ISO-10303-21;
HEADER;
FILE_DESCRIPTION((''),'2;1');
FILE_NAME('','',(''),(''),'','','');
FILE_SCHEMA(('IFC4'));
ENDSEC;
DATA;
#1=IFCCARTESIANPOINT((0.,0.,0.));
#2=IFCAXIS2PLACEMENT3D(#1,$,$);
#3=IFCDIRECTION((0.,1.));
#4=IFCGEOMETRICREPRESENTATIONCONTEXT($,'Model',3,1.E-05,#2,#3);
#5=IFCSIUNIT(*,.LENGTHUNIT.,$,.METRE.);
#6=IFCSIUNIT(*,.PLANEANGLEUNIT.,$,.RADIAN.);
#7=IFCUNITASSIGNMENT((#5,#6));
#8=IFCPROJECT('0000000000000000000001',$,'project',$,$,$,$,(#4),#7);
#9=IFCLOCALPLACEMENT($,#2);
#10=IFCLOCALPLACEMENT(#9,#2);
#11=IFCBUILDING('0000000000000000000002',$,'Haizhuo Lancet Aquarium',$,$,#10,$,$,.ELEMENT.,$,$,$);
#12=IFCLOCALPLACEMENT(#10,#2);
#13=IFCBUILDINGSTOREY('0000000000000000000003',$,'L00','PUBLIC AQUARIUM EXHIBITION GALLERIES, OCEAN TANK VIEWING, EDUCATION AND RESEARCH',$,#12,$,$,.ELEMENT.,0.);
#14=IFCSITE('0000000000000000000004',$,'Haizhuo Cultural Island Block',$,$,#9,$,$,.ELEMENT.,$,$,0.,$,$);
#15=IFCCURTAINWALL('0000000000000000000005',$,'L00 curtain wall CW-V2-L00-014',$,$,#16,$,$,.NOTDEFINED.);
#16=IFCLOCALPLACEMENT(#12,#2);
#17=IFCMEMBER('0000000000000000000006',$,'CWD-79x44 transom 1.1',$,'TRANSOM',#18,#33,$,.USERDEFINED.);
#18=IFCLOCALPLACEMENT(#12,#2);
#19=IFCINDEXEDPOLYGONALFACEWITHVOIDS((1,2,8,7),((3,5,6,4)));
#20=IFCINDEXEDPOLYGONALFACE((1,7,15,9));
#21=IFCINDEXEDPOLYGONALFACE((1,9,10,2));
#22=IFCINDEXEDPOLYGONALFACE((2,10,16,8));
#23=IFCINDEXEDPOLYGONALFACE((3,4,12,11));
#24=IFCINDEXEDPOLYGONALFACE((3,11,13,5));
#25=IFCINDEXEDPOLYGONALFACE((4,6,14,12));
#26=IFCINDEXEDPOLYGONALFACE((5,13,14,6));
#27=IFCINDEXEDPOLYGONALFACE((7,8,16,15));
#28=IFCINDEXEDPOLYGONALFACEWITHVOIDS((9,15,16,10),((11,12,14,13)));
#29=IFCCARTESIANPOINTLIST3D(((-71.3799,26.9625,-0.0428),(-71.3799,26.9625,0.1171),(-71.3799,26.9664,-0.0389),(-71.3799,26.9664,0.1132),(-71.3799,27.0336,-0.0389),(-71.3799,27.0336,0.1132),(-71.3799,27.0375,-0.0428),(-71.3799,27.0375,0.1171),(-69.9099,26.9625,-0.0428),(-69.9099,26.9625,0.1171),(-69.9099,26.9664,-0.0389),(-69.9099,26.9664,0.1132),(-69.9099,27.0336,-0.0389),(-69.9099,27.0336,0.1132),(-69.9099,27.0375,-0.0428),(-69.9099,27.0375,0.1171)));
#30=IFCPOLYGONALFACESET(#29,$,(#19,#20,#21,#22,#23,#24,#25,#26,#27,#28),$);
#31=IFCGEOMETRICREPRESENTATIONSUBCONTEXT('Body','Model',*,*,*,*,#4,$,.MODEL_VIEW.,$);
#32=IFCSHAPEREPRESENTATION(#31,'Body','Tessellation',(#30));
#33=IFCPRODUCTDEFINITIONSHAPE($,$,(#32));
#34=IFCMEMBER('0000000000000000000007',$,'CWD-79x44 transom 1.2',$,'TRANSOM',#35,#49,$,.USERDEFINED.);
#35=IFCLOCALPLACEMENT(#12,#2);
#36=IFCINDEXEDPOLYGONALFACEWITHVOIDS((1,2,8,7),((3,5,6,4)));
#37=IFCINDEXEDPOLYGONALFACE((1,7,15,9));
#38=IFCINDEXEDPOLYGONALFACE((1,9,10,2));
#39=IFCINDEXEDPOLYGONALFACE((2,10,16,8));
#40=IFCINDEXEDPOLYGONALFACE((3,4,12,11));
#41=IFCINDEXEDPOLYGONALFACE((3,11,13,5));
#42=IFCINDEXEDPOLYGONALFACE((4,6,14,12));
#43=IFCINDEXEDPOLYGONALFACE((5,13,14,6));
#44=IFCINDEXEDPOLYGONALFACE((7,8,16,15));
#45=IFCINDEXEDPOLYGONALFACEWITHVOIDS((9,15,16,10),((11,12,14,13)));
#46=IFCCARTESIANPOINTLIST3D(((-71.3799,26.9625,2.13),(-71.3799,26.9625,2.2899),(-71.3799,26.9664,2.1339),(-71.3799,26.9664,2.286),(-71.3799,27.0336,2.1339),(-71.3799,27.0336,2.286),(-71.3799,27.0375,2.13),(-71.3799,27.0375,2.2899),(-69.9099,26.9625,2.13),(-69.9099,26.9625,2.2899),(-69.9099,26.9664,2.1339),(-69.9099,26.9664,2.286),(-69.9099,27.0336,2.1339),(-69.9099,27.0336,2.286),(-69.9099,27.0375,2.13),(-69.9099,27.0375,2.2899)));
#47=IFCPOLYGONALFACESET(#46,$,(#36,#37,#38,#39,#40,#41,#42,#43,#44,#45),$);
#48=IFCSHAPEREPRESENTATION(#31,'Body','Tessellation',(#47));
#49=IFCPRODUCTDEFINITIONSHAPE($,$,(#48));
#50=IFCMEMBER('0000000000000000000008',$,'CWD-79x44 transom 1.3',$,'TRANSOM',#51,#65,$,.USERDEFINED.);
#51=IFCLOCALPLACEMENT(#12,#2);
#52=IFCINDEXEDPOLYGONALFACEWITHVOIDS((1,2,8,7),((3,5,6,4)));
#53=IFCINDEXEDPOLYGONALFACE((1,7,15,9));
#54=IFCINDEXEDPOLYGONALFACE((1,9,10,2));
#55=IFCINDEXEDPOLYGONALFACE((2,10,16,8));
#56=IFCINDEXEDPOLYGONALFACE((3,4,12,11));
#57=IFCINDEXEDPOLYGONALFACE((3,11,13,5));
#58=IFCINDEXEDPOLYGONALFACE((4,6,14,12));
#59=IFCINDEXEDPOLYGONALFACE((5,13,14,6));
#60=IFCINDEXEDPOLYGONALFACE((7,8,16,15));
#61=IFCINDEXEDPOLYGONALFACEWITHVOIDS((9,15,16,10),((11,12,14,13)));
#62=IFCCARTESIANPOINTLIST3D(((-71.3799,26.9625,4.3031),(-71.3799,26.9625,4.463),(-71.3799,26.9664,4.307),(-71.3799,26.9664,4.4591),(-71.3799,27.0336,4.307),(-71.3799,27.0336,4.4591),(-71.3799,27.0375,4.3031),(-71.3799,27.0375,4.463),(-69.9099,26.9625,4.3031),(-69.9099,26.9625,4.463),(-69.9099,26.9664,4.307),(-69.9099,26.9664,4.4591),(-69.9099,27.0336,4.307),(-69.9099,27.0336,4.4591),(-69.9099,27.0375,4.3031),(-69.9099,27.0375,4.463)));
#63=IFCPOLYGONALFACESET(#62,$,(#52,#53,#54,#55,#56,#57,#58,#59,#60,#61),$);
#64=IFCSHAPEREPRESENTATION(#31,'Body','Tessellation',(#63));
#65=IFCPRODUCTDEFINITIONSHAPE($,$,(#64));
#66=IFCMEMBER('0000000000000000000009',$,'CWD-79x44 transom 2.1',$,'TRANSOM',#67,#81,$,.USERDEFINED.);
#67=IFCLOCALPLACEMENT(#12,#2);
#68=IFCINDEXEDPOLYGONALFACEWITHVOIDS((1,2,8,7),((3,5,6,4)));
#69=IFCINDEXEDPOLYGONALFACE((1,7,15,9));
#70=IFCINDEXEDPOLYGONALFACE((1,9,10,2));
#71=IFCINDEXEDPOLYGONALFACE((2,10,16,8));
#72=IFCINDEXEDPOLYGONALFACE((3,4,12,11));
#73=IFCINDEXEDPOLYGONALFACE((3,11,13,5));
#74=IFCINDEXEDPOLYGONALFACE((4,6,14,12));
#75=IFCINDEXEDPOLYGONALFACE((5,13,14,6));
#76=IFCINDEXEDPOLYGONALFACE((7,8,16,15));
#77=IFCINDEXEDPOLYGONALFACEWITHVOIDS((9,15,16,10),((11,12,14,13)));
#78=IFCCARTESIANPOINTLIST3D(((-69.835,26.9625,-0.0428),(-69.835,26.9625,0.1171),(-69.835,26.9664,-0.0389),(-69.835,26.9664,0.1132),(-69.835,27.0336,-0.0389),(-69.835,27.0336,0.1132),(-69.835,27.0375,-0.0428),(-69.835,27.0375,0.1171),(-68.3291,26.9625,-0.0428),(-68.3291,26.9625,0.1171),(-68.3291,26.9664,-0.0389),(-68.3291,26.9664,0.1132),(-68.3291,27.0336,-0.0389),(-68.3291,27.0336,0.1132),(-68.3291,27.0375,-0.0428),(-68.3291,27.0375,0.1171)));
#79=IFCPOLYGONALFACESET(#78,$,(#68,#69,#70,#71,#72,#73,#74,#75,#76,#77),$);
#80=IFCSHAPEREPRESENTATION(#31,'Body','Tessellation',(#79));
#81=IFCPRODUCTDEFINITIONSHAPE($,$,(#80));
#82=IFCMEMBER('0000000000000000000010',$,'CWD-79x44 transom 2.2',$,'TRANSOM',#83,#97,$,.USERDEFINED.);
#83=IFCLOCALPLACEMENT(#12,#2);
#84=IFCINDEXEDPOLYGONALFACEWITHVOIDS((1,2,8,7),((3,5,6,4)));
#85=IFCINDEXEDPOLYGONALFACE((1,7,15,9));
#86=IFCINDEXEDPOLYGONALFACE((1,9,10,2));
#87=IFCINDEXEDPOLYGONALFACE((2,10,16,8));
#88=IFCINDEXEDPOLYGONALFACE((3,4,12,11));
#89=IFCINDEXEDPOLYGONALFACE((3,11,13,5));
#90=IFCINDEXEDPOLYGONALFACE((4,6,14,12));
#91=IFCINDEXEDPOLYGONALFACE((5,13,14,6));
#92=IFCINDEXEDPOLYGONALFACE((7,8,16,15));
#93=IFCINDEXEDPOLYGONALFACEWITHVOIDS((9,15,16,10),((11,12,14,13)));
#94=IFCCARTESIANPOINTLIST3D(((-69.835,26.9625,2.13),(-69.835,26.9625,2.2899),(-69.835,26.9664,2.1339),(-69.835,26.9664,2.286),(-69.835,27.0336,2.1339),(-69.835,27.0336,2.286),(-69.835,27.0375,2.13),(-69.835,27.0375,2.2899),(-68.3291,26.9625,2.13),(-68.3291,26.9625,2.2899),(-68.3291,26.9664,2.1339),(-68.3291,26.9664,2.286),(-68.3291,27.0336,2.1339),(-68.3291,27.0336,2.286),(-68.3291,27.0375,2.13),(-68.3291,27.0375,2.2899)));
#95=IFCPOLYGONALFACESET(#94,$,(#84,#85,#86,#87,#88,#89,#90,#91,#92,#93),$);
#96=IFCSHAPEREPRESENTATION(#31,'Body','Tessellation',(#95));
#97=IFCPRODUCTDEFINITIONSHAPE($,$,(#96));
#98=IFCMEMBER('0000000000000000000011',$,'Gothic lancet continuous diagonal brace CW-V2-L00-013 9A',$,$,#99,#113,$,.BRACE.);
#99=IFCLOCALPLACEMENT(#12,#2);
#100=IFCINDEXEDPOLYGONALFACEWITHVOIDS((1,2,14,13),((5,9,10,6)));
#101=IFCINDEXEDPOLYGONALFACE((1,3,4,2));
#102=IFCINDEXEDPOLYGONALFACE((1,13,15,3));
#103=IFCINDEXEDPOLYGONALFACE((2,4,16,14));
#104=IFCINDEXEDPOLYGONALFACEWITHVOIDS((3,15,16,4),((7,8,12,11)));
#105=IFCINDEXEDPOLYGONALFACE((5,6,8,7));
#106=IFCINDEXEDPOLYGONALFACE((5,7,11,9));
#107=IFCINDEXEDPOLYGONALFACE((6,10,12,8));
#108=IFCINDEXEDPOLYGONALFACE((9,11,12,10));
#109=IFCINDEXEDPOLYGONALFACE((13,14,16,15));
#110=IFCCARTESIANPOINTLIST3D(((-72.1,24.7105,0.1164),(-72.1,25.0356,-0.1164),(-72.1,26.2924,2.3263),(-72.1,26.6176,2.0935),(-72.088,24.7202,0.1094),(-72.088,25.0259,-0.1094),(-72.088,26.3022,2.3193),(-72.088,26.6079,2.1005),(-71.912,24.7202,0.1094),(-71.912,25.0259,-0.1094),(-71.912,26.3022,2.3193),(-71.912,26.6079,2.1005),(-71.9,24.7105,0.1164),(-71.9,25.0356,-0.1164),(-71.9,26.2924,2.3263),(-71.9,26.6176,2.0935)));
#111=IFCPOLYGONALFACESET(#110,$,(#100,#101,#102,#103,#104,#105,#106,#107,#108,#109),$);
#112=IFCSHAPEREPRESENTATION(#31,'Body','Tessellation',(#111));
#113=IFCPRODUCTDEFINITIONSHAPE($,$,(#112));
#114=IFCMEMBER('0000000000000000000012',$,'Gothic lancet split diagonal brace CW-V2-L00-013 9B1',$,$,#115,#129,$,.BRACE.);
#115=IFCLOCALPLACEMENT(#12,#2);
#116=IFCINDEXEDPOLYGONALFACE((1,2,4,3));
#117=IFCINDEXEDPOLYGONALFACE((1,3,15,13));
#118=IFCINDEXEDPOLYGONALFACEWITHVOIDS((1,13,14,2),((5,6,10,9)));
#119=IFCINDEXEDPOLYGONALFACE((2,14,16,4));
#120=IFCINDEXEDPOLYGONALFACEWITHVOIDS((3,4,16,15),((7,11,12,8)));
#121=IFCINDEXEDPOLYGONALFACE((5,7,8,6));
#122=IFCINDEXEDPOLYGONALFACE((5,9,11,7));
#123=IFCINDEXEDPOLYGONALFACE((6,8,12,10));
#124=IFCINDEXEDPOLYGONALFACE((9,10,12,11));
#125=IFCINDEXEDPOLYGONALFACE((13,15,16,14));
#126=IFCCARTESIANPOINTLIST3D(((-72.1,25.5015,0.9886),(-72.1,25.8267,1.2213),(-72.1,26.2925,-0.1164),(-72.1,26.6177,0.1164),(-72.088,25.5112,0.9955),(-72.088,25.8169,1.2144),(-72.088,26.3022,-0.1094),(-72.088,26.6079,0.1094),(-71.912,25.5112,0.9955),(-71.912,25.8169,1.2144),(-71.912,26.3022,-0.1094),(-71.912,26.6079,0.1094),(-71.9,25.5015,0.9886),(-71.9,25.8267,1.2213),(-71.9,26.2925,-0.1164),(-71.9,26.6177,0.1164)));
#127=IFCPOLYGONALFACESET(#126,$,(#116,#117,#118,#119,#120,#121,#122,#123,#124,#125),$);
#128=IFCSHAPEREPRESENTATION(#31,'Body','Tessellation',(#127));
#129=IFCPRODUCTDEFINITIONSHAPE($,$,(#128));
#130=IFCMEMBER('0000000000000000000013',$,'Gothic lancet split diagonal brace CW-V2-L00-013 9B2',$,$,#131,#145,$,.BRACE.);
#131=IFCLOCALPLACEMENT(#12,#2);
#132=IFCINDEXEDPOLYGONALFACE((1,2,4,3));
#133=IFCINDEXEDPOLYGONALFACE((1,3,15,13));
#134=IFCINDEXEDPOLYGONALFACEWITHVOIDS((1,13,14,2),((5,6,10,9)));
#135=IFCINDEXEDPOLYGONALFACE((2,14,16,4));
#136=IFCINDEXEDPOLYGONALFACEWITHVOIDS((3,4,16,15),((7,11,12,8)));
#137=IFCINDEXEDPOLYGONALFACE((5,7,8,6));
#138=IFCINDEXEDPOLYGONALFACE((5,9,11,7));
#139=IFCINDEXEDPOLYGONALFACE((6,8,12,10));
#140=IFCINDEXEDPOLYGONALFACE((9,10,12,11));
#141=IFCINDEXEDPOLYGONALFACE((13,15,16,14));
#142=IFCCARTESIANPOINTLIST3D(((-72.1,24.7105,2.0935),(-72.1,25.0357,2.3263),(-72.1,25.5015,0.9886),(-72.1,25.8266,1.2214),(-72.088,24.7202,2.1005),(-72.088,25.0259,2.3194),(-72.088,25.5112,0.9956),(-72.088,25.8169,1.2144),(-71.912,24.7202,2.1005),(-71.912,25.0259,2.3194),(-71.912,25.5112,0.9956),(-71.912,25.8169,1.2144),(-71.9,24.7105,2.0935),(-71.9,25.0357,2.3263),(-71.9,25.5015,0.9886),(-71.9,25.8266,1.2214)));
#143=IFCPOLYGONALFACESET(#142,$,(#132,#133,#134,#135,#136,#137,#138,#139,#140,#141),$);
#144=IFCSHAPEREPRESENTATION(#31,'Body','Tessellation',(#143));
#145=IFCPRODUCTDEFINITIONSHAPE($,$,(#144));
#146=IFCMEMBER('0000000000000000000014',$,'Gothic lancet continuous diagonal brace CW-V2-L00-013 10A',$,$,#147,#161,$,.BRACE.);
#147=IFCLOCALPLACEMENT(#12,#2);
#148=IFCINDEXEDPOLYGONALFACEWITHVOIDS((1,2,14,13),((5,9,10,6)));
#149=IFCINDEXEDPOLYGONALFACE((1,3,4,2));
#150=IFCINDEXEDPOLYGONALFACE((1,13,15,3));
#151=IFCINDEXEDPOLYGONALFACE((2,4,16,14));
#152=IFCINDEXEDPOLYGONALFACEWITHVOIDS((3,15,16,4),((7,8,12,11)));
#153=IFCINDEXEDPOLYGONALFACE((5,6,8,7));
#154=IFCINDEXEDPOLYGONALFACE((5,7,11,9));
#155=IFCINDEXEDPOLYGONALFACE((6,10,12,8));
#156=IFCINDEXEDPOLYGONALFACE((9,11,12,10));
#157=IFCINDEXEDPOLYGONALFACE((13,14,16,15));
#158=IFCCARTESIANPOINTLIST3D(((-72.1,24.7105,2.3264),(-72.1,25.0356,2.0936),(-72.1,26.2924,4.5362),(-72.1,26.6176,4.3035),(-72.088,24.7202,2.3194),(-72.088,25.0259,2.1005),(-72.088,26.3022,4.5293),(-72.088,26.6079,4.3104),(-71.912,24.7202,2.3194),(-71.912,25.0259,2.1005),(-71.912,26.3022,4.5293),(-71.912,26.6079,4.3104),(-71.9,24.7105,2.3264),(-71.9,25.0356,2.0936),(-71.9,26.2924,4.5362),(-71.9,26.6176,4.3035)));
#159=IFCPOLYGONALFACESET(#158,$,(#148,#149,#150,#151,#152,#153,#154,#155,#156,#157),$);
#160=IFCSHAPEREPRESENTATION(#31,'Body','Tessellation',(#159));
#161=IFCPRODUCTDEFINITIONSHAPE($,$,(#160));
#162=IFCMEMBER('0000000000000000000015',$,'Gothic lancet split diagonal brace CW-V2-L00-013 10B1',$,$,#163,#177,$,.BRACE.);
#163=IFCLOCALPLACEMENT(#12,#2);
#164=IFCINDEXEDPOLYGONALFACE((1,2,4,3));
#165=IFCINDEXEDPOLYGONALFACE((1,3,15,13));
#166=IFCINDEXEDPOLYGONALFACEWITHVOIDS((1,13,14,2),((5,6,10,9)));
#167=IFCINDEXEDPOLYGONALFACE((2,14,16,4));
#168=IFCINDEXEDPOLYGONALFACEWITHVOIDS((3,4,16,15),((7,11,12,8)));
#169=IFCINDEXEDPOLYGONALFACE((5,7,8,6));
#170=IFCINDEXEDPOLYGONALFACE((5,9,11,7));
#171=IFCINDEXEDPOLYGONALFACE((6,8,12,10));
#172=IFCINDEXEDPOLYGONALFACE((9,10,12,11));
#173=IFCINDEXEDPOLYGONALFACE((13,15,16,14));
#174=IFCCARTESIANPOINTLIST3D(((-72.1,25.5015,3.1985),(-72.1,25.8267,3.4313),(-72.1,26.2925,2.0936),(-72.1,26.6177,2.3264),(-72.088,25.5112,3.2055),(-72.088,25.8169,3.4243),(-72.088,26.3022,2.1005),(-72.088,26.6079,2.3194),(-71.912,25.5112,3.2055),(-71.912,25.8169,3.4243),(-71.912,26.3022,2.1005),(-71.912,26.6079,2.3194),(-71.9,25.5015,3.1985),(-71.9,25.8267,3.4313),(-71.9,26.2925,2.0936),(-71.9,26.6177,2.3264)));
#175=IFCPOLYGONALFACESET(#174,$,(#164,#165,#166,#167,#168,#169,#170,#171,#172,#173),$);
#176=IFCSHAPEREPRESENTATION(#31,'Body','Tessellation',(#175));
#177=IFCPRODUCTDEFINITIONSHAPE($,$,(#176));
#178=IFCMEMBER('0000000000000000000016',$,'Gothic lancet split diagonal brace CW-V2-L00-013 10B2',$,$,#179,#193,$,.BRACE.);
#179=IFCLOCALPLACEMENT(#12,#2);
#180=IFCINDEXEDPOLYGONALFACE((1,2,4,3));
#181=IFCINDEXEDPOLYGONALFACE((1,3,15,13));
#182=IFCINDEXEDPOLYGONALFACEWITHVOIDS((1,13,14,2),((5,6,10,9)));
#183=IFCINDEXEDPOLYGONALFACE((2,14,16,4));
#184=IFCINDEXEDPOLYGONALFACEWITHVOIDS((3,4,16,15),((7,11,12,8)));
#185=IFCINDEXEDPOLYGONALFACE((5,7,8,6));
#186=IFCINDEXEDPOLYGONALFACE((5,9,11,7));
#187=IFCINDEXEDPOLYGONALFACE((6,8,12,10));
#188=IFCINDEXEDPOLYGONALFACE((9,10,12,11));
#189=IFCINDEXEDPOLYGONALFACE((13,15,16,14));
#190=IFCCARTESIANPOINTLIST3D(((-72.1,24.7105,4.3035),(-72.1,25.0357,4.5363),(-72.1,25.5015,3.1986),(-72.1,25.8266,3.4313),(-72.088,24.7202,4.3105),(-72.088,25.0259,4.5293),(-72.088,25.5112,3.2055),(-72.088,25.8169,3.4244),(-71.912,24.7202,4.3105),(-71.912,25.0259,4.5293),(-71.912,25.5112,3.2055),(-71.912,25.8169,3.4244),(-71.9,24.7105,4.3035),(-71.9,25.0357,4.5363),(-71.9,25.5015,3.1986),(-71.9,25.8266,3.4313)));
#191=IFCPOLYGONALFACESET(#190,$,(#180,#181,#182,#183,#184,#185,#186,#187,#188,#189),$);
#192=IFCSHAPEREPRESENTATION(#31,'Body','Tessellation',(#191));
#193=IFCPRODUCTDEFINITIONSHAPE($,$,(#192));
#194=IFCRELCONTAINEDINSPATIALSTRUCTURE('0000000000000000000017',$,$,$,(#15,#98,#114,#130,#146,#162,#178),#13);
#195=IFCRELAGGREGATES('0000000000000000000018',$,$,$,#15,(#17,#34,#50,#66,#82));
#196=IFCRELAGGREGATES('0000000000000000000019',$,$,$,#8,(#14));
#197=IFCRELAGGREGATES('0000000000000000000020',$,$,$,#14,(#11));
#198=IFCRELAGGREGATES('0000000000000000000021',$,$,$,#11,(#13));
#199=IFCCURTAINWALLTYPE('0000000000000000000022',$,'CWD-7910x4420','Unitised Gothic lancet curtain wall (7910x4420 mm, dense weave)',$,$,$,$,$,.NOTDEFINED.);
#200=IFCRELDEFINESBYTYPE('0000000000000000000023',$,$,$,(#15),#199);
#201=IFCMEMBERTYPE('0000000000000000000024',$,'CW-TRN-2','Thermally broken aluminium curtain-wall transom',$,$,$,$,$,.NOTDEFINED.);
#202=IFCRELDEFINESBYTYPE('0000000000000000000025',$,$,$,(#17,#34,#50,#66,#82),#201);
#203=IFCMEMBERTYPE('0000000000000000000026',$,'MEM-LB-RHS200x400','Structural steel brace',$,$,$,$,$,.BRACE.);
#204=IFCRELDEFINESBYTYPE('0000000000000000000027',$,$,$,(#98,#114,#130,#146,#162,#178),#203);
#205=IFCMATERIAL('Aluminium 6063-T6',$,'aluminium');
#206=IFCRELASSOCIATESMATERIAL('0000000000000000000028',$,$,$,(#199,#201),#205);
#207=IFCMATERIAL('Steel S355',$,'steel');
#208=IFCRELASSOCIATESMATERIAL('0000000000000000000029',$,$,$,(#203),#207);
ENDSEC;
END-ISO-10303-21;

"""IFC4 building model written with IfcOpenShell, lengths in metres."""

from ifc_helpers import new_model, si_unit, direction, frame, origin, origin_2d, place, context, subcontext, project, spatial, hollow_rectangle, extrude, material, material_profile, profile_set, type_object, element, aggregate, save


model = new_model("IFC4")

# Units and contexts
model_context = context("Model", 3, precision=1e-05, world=origin(), true_north=direction((0.0, 1.0)))
body_context = subcontext(model_context, "Body", "Model", "MODEL_VIEW")
ifc_project = project(units=[si_unit("LENGTHUNIT", "METRE"), si_unit("PLANEANGLEUNIT", "RADIAN")], contexts=[model_context])

# Site, building, storey
site_placement = place(None, origin())
site = spatial("IfcSite", under=ifc_project, at=site_placement, Name="Haizhuo Cultural Island Block", CompositionType="ELEMENT", RefElevation=0.0)
building_placement = place(site_placement, origin())
building = spatial("IfcBuilding", under=site, at=building_placement, Name="Haizhuo Lancet Aquarium", CompositionType="ELEMENT")
storey_placement = place(building_placement, origin())
storey = spatial("IfcBuildingStorey", under=building, at=storey_placement, Name="L00", Description="PUBLIC AQUARIUM EXHIBITION GALLERIES, OCEAN TANK VIEWING, EDUCATION AND RESEARCH", CompositionType="ELEMENT", Elevation=0.0)

# Shared definitions
ifc_material_1 = material(Name="Steel S355", Category="steel")

# Shared definitions
ifc_material_2 = material(Name="Aluminium 6063-T6", Category="aluminium")
curtain_wall_type = type_object("IfcCurtainWallType", Name="CWD-7910x4420", Description="Unitised Gothic lancet curtain wall (7910x4420 mm, dense weave)", PredefinedType="NOTDEFINED", material=ifc_material_2)

# Curtain wall
curtain_wall_1_placement = place(storey_placement, origin())
curtain_wall_1 = element("IfcCurtainWall", 1, at=curtain_wall_1_placement, inside=storey, type_object=curtain_wall_type, Name="L00 curtain wall CW-V2-L00-014", PredefinedType="NOTDEFINED")

# Members
ifc_material_profile_1 = material_profile(ifc_material_2, hollow_rectangle(XDim=0.075, YDim=0.1599, WallThickness=0.0039, at=origin_2d()), Name="ALU-T 75x160x4")
ifc_profile_set_1 = profile_set([ifc_material_profile_1], Name="Aluminium 6063-T6")
member_type_1 = type_object("IfcMemberType", Name="CW-TRN-2", Description="Thermally broken aluminium curtain-wall transom", PredefinedType="NOTDEFINED", material=ifc_profile_set_1)
member_1_placement = place(storey_placement, frame((-71.3799, 27.0, 0.0371), z_axis=(1.0, 0.0, 0.0), x_axis=(0.0, 1.0, 0.0)))
member_1 = element("IfcMember", 2, at=member_1_placement, type_object=member_type_1, Name="CWD-79x44 transom 1.1", ObjectType="TRANSOM", PredefinedType="USERDEFINED", context=body_context, shape_type="SweptSolid", body=[
    extrude(hollow_rectangle(XDim=0.075, YDim=0.1599, WallThickness=0.0039, at=origin_2d()), origin(), (0.0, 0.0, 1.0), 1.47),
])
member_2_placement = place(storey_placement, frame((-71.3799, 27.0, 2.21), z_axis=(1.0, 0.0, 0.0), x_axis=(0.0, 1.0, 0.0)))
member_2 = element("IfcMember", 3, at=member_2_placement, type_object=member_type_1, Name="CWD-79x44 transom 1.2", ObjectType="TRANSOM", PredefinedType="USERDEFINED", context=body_context, shape_type="SweptSolid", body=[
    extrude(hollow_rectangle(XDim=0.075, YDim=0.1599, WallThickness=0.0039, at=origin_2d()), origin(), (0.0, 0.0, 1.0), 1.47),
])
member_3_placement = place(storey_placement, frame((-71.3799, 27.0, 4.3831), z_axis=(1.0, 0.0, 0.0), x_axis=(0.0, 1.0, 0.0)))
member_3 = element("IfcMember", 4, at=member_3_placement, type_object=member_type_1, Name="CWD-79x44 transom 1.3", ObjectType="TRANSOM", PredefinedType="USERDEFINED", context=body_context, shape_type="SweptSolid", body=[
    extrude(hollow_rectangle(XDim=0.075, YDim=0.1599, WallThickness=0.0039, at=origin_2d()), origin(), (0.0, 0.0, 1.0), 1.47),
])
member_4_placement = place(storey_placement, frame((-69.835, 27.0, 0.0371), z_axis=(1.0, 0.0, 0.0), x_axis=(0.0, 1.0, 0.0)))
member_4 = element("IfcMember", 5, at=member_4_placement, type_object=member_type_1, Name="CWD-79x44 transom 2.1", ObjectType="TRANSOM", PredefinedType="USERDEFINED", context=body_context, shape_type="SweptSolid", body=[
    extrude(hollow_rectangle(XDim=0.075, YDim=0.1599, WallThickness=0.0039, at=origin_2d()), origin(), (0.0, 0.0, 1.0), 1.5059),
])
member_5_placement = place(storey_placement, frame((-69.835, 27.0, 2.21), z_axis=(1.0, 0.0, 0.0), x_axis=(0.0, 1.0, 0.0)))
member_5 = element("IfcMember", 6, at=member_5_placement, type_object=member_type_1, Name="CWD-79x44 transom 2.2", ObjectType="TRANSOM", PredefinedType="USERDEFINED", context=body_context, shape_type="SweptSolid", body=[
    extrude(hollow_rectangle(XDim=0.075, YDim=0.1599, WallThickness=0.0039, at=origin_2d()), origin(), (0.0, 0.0, 1.0), 1.5059),
])

# Members
ifc_material_profile_2 = material_profile(ifc_material_1, hollow_rectangle(XDim=0.2, YDim=0.3999, WallThickness=0.012, at=origin_2d()), Name="RHS 200x400x12")
ifc_profile_set_2 = profile_set([ifc_material_profile_2], Name="Steel S355")
member_type_2 = type_object("IfcMemberType", Name="MEM-LB-RHS200x400", Description="Structural steel brace", PredefinedType="BRACE", material=ifc_profile_set_2)
member_6_placement = place(storey_placement, frame((-72.0, 24.873, 0.0), z_axis=(0.0, 0.582088, 0.813126), x_axis=(-1.0, 0.0, 0.0)))
element("IfcMember", 7, at=member_6_placement, inside=storey, type_object=member_type_2, Name="Gothic lancet continuous diagonal brace CW-V2-L00-013 9A", PredefinedType="BRACE", context=body_context, shape_type="SweptSolid", body=[
    extrude(hollow_rectangle(XDim=0.2, YDim=0.3999, WallThickness=0.012, at=origin_2d()), origin(), (0.0, 0.0, 1.0), 2.7178),
])
for number, where, z_axis, x_axis, name in (
    (8, (-72.0, 26.4551, 0.0), (0.0, -0.582088, 0.813126), (1.0, 0.0, 0.0), "Gothic lancet split diagonal brace CW-V2-L00-013 9B1"),
    (9, (-72.0, 25.6641, 1.105), (0.0, -0.582088, 0.813126), (1.0, 0.0, 0.0), "Gothic lancet split diagonal brace CW-V2-L00-013 9B2"),
):
    element("IfcMember", number, at=place(storey_placement, frame(where, z_axis=z_axis, x_axis=x_axis)), inside=storey, type_object=member_type_2, Name=name, PredefinedType="BRACE", context=body_context, shape_type="SweptSolid", body=[
        extrude(hollow_rectangle(XDim=0.2, YDim=0.3999, WallThickness=0.012, at=origin_2d()), origin(), (0.0, 0.0, 1.0), 1.3589),
    ])
member_7_placement = place(storey_placement, frame((-72.0, 24.873, 2.21), z_axis=(0.0, 0.582088, 0.813126), x_axis=(-1.0, 0.0, 0.0)))
element("IfcMember", 10, at=member_7_placement, inside=storey, type_object=member_type_2, Name="Gothic lancet continuous diagonal brace CW-V2-L00-013 10A", PredefinedType="BRACE", context=body_context, shape_type="SweptSolid", body=[
    extrude(hollow_rectangle(XDim=0.2, YDim=0.3999, WallThickness=0.012, at=origin_2d()), origin(), (0.0, 0.0, 1.0), 2.7178),
])
for number, where, z_axis, x_axis, name in (
    (11, (-72.0, 26.4551, 2.21), (0.0, -0.582088, 0.813126), (1.0, 0.0, 0.0), "Gothic lancet split diagonal brace CW-V2-L00-013 10B1"),
    (12, (-72.0, 25.6641, 3.3149), (0.0, -0.582088, 0.813126), (1.0, 0.0, 0.0), "Gothic lancet split diagonal brace CW-V2-L00-013 10B2"),
):
    element("IfcMember", number, at=place(storey_placement, frame(where, z_axis=z_axis, x_axis=x_axis)), inside=storey, type_object=member_type_2, Name=name, PredefinedType="BRACE", context=body_context, shape_type="SweptSolid", body=[
        extrude(hollow_rectangle(XDim=0.2, YDim=0.3999, WallThickness=0.012, at=origin_2d()), origin(), (0.0, 0.0, 1.0), 1.3589),
    ])

aggregate(curtain_wall_1, [member_1, member_2, member_3, member_4, member_5])

save(model, "model.ifc")
